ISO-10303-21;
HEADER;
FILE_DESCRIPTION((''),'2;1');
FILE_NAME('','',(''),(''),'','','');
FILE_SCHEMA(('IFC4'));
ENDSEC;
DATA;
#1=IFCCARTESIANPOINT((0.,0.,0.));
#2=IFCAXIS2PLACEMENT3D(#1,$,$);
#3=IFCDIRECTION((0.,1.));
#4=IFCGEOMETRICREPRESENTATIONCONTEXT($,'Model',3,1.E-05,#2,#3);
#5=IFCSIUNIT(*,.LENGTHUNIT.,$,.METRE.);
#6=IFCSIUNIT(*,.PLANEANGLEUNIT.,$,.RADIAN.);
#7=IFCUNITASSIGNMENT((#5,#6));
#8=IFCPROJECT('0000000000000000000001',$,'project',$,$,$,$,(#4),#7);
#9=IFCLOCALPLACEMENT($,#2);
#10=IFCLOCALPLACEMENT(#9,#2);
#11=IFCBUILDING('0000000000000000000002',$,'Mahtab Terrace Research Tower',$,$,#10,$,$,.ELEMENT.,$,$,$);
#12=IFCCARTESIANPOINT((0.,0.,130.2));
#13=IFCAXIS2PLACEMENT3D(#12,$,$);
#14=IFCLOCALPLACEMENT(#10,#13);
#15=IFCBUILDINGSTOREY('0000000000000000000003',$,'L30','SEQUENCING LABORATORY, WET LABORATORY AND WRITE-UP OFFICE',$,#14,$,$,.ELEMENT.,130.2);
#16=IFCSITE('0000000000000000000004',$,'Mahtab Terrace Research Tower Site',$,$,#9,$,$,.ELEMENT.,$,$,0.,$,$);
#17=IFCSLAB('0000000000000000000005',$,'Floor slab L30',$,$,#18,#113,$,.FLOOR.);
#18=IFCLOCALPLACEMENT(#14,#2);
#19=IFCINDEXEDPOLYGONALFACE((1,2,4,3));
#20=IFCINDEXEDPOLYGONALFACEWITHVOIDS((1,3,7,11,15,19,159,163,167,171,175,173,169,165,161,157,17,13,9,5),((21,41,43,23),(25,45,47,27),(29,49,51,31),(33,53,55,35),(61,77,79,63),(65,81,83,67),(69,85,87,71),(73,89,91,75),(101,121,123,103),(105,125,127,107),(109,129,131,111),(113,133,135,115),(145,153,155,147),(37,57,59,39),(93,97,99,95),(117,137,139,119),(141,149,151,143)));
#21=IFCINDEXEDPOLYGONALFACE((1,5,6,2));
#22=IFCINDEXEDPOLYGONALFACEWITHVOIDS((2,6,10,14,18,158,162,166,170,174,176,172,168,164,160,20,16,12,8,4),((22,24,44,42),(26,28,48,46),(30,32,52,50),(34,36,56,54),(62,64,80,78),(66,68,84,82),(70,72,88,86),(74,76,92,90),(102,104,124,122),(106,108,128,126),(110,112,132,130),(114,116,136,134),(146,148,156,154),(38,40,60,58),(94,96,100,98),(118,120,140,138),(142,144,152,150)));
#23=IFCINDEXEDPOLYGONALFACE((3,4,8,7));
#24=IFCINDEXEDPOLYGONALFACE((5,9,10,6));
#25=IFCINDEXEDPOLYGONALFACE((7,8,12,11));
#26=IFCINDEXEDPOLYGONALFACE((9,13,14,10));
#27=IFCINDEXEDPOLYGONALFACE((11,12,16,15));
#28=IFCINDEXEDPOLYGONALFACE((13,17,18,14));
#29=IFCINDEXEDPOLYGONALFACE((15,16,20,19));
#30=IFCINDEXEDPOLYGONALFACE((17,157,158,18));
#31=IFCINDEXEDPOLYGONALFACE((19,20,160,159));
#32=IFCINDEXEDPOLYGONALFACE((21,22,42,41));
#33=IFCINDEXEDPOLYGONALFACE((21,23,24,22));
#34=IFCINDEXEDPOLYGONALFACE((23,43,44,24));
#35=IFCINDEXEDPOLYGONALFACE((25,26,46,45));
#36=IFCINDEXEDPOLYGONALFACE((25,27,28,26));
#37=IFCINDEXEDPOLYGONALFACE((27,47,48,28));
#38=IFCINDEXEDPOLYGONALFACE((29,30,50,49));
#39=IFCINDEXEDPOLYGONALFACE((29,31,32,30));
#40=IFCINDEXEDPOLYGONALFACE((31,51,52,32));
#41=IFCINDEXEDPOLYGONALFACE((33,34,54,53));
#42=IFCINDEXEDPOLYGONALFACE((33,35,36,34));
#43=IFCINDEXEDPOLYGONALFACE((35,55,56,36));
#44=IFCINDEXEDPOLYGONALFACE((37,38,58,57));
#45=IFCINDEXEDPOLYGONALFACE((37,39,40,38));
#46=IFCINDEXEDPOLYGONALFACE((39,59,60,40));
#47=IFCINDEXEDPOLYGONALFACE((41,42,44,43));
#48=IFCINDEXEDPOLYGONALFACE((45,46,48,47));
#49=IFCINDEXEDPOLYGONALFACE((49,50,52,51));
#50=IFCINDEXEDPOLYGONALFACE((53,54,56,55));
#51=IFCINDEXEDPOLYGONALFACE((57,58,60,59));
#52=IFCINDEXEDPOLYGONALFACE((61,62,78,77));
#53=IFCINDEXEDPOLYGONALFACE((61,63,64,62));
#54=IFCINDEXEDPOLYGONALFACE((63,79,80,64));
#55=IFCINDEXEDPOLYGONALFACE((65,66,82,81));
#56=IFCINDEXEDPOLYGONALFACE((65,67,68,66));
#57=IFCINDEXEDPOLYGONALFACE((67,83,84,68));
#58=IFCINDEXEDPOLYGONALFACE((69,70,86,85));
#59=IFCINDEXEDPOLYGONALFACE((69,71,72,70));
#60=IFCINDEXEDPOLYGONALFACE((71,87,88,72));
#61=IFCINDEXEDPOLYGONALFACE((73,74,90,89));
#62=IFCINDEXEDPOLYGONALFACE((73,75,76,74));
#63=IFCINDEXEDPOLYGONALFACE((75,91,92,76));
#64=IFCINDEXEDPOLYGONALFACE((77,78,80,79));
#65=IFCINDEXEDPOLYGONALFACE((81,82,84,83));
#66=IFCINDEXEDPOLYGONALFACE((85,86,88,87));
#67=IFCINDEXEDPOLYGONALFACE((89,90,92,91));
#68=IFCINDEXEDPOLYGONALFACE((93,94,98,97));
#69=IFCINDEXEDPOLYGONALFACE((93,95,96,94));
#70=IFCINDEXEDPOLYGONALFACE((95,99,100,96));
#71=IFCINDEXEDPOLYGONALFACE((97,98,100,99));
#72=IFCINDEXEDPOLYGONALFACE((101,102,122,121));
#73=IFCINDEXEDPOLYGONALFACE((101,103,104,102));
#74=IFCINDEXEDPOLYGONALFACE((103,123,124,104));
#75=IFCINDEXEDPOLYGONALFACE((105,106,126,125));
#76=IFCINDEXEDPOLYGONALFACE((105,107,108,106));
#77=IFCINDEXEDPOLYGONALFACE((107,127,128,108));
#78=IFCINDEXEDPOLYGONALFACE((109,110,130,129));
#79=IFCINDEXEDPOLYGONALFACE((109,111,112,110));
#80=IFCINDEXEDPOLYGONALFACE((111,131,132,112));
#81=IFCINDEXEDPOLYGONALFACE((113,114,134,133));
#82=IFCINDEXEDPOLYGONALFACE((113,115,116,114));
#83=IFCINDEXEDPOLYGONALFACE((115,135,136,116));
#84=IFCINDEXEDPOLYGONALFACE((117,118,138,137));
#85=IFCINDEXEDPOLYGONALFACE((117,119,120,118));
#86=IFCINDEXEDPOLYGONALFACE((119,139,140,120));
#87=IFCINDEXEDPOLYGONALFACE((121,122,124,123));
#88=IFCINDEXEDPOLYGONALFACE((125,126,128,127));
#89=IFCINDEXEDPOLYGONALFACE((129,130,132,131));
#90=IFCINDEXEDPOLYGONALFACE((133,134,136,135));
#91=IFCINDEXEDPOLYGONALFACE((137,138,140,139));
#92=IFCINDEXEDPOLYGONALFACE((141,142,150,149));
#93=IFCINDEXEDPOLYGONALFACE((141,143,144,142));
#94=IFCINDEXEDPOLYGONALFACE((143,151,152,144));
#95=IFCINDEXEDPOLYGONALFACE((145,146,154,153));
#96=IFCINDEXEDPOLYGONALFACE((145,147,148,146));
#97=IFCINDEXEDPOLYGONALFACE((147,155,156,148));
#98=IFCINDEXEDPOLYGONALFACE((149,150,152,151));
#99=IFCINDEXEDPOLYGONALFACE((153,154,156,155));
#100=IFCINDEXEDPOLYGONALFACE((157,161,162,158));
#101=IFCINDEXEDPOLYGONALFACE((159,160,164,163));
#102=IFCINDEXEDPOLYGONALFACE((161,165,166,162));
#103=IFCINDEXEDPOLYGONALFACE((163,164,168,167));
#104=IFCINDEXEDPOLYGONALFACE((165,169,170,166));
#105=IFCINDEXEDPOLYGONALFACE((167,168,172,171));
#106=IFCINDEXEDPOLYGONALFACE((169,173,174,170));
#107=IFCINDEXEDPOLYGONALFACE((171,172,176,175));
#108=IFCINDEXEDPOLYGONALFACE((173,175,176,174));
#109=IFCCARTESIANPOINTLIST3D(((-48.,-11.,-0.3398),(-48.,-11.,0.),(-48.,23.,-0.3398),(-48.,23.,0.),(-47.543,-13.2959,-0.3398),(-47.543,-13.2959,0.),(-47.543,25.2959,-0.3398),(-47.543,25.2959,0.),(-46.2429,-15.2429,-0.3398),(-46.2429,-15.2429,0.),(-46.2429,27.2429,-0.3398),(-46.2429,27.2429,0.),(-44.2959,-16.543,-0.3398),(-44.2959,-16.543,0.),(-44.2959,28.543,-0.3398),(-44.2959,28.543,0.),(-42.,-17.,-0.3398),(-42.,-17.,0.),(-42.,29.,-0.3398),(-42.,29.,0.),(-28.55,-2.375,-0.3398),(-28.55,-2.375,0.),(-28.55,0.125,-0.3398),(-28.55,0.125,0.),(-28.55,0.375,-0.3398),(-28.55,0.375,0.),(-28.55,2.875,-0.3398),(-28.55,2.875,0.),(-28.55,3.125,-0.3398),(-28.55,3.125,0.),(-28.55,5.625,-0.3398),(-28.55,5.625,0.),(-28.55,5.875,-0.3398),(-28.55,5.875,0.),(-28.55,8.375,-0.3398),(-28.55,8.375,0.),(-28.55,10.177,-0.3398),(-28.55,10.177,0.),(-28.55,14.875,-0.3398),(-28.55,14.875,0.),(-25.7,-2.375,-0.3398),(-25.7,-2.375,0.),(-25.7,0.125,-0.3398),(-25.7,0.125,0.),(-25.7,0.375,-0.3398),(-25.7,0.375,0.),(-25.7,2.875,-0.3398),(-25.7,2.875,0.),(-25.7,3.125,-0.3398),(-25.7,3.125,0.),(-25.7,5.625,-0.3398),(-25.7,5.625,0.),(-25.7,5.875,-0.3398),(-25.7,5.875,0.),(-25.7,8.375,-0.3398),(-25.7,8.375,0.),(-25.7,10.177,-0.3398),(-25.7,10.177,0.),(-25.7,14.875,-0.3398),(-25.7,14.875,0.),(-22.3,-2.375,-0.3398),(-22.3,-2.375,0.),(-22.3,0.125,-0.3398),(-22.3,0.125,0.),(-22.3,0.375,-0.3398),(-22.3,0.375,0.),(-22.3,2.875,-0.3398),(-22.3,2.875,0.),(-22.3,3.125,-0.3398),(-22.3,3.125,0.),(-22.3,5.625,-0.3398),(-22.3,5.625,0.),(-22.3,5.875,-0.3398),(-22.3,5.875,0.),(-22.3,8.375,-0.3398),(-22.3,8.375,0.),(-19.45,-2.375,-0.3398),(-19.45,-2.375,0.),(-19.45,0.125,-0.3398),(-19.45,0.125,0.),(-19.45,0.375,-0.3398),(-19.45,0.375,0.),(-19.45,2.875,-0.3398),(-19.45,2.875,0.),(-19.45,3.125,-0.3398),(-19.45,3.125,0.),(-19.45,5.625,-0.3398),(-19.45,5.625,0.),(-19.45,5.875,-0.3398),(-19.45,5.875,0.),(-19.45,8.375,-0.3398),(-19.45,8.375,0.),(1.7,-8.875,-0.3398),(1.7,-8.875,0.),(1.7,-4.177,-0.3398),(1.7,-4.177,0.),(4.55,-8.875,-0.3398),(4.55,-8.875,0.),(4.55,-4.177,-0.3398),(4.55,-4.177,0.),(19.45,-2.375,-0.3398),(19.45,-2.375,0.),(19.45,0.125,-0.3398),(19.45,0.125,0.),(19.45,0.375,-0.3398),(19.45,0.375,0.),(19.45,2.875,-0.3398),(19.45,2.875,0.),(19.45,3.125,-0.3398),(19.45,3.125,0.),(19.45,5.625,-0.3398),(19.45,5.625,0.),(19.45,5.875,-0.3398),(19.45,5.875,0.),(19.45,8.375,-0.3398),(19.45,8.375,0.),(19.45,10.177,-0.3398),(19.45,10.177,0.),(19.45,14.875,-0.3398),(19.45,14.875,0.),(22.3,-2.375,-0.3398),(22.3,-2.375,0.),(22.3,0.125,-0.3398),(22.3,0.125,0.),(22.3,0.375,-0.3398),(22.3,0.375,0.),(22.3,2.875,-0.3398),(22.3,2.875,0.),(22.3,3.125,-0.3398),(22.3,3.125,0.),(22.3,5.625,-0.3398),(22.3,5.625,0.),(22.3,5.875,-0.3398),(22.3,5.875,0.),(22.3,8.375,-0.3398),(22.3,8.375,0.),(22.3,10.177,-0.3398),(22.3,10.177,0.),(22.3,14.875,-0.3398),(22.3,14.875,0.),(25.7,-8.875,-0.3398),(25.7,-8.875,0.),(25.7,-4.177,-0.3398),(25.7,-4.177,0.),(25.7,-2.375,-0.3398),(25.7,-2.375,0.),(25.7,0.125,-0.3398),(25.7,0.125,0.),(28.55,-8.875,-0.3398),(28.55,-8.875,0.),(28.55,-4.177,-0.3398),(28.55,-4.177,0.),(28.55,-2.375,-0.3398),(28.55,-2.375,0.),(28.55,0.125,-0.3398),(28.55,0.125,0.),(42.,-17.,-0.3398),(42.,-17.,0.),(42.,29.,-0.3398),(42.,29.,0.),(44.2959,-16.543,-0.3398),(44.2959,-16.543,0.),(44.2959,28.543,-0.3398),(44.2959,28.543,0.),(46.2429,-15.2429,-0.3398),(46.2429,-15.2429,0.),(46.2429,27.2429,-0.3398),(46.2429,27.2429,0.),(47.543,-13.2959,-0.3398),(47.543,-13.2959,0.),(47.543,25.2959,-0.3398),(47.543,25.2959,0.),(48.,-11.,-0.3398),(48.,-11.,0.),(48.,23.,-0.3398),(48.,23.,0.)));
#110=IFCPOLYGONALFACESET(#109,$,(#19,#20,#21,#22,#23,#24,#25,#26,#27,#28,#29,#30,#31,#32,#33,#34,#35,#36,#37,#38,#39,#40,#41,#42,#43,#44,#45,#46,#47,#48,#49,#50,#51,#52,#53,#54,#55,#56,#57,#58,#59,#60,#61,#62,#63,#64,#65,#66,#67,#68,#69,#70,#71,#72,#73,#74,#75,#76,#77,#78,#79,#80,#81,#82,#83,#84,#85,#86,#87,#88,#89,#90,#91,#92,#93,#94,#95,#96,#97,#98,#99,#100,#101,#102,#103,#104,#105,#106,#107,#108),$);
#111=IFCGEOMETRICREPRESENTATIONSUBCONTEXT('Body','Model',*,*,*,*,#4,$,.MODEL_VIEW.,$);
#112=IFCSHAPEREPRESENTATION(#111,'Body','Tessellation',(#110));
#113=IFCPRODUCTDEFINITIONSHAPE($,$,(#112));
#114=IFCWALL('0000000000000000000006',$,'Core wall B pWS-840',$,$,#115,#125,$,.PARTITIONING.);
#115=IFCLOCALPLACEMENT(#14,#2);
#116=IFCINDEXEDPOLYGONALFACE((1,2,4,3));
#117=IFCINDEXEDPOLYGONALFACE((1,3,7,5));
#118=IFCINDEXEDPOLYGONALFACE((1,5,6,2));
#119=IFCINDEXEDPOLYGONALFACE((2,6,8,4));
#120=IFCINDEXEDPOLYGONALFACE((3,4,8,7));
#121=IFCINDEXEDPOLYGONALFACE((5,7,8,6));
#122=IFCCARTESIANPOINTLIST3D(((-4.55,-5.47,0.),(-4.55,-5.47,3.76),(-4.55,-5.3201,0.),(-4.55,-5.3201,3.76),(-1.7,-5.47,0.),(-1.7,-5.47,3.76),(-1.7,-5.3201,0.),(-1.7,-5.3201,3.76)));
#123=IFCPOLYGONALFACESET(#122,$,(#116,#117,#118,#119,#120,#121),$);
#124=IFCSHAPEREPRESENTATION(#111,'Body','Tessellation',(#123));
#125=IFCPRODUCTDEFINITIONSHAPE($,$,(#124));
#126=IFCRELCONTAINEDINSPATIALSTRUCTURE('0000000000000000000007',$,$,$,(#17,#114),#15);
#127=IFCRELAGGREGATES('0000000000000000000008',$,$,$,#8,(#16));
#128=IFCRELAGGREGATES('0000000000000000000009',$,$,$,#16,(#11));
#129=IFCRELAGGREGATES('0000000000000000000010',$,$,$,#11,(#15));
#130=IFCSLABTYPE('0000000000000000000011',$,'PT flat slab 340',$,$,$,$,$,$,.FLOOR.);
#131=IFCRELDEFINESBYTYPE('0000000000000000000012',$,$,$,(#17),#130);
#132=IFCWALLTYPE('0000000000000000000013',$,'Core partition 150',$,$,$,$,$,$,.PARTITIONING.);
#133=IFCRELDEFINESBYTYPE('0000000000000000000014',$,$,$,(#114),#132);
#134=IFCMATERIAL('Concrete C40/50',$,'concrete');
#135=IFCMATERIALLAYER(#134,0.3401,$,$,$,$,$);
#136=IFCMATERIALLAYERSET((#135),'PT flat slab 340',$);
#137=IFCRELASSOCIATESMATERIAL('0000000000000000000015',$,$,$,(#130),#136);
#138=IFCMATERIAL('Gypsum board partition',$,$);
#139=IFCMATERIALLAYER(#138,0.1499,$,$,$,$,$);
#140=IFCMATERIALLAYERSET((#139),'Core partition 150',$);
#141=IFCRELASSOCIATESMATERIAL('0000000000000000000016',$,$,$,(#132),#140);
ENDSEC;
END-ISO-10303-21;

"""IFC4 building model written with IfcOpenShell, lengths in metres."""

from ifc_helpers import new_model, si_unit, direction, frame, frame_2d, origin, place, context, subcontext, project, spatial, polyline, rectangle, outline, extrude, material, layer, layer_set, type_object, element, save


model = new_model("IFC4")

# Units and contexts
model_context = context("Model", 3, precision=1e-05, world=origin(), true_north=direction((0.0, 1.0)))
body_context = subcontext(model_context, "Body", "Model", "MODEL_VIEW")
ifc_project = project(units=[si_unit("LENGTHUNIT", "METRE"), si_unit("PLANEANGLEUNIT", "RADIAN")], contexts=[model_context])

# Site, building, storey
site_placement = place(None, origin())
site = spatial("IfcSite", under=ifc_project, at=site_placement, Name="Mahtab Terrace Research Tower Site", CompositionType="ELEMENT", RefElevation=0.0)
building_placement = place(site_placement, origin())
building = spatial("IfcBuilding", under=site, at=building_placement, Name="Mahtab Terrace Research Tower", CompositionType="ELEMENT")
storey_placement = place(building_placement, frame((0.0, 0.0, 130.2)))
storey = spatial("IfcBuildingStorey", under=building, at=storey_placement, Name="L30", Description="SEQUENCING LABORATORY, WET LABORATORY AND WRITE-UP OFFICE", CompositionType="ELEMENT", Elevation=130.2)

# Slab
ifc_material_1 = material(Name="Concrete C40/50", Category="concrete")
ifc_layer_1 = layer(ifc_material_1, 0.3401)
ifc_layer_set_1 = layer_set([ifc_layer_1], Name="PT flat slab 340")
slab_type = type_object("IfcSlabType", Name="PT flat slab 340", PredefinedType="FLOOR", material=ifc_layer_set_1)
slab_placement = place(storey_placement, frame((0.0, 0.0, -0.3398)))
element("IfcSlab", 1, at=slab_placement, inside=storey, type_object=slab_type, Name="Floor slab L30", PredefinedType="FLOOR", context=body_context, shape_type="SweptSolid", body=[
    extrude(outline(polyline([(47.543, 25.2959), (46.2429, 27.2429), (44.2959, 28.543), (42.0, 29.0), (-42.0, 29.0), (-44.2959, 28.543), (-46.2429, 27.2429), (-47.543, 25.2959), (-48.0, 23.0), (-48.0, -11.0), (-47.543, -13.2959), (-46.2429, -15.2429), (-44.2959, -16.543), (-42.0, -17.0), (42.0, -17.0), (44.2959, -16.543), (46.2429, -15.2429), (47.543, -13.2959), (48.0, -11.0), (48.0, 23.0), (47.543, 25.2959)]), holes=[polyline([(-28.55, -2.375), (-28.55, 0.125), (-25.7, 0.125), (-25.7, -2.375), (-28.55, -2.375)]), polyline([(-22.3, -2.375), (-22.3, 0.125), (-19.45, 0.125), (-19.45, -2.375), (-22.3, -2.375)]), polyline([(-28.55, 0.375), (-28.55, 2.875), (-25.7, 2.875), (-25.7, 0.375), (-28.55, 0.375)]), polyline([(-22.3, 0.375), (-22.3, 2.875), (-19.45, 2.875), (-19.45, 0.375), (-22.3, 0.375)]), polyline([(-28.55, 3.125), (-28.55, 5.625), (-25.7, 5.625), (-25.7, 3.125), (-28.55, 3.125)]), polyline([(-22.3, 3.125), (-22.3, 5.625), (-19.45, 5.625), (-19.45, 3.125), (-22.3, 3.125)]), polyline([(-28.55, 5.875), (-28.55, 8.375), (-25.7, 8.375), (-25.7, 5.875), (-28.55, 5.875)]), polyline([(-22.3, 5.875), (-22.3, 8.375), (-19.45, 8.375), (-19.45, 5.875), (-22.3, 5.875)]), polyline([(-28.55, 10.177), (-28.55, 14.875), (-25.7, 14.875), (-25.7, 10.177), (-28.55, 10.177)]), polyline([(1.7, -8.875), (1.7, -4.177), (4.55, -4.177), (4.55, -8.875), (1.7, -8.875)]), polyline([(25.7, -8.875), (25.7, -4.177), (28.55, -4.177), (28.55, -8.875), (25.7, -8.875)]), polyline([(19.45, -2.375), (19.45, 0.125), (22.3, 0.125), (22.3, -2.375), (19.45, -2.375)]), polyline([(25.7, -2.375), (25.7, 0.125), (28.55, 0.125), (28.55, -2.375), (25.7, -2.375)]), polyline([(19.45, 0.375), (19.45, 2.875), (22.3, 2.875), (22.3, 0.375), (19.45, 0.375)]), polyline([(19.45, 3.125), (19.45, 5.625), (22.3, 5.625), (22.3, 3.125), (19.45, 3.125)]), polyline([(19.45, 8.375), (22.3, 8.375), (22.3, 5.875), (19.45, 5.875), (19.45, 8.375)]), polyline([(19.45, 14.875), (22.3, 14.875), (22.3, 10.177), (19.45, 10.177), (19.45, 14.875)])]), origin(), (0.0, 0.0, 1.0), 0.3398),
])

# Wall
ifc_material_2 = material(Name="Gypsum board partition")
ifc_layer_2 = layer(ifc_material_2, 0.1499)
ifc_layer_set_2 = layer_set([ifc_layer_2], Name="Core partition 150")
wall_type_1 = type_object("IfcWallType", Name="Core partition 150", PredefinedType="PARTITIONING", material=ifc_layer_set_2)
wall_1_placement = place(storey_placement, frame((-4.55, -5.395, 0.0), z_axis=(0.0, 0.0, 1.0), x_axis=(1.0, 0.0, 0.0)))
element("IfcWall", 2, at=wall_1_placement, inside=storey, type_object=wall_type_1, Name="Core wall B pWS-840", PredefinedType="PARTITIONING", context=body_context, shape_type="SweptSolid", body=[
    extrude(rectangle(XDim=2.8501, YDim=0.1499, at=frame_2d((1.425, 0.0))), origin(), (0.0, 0.0, 1.0), 3.76),
])

save(model, "model.ifc")
